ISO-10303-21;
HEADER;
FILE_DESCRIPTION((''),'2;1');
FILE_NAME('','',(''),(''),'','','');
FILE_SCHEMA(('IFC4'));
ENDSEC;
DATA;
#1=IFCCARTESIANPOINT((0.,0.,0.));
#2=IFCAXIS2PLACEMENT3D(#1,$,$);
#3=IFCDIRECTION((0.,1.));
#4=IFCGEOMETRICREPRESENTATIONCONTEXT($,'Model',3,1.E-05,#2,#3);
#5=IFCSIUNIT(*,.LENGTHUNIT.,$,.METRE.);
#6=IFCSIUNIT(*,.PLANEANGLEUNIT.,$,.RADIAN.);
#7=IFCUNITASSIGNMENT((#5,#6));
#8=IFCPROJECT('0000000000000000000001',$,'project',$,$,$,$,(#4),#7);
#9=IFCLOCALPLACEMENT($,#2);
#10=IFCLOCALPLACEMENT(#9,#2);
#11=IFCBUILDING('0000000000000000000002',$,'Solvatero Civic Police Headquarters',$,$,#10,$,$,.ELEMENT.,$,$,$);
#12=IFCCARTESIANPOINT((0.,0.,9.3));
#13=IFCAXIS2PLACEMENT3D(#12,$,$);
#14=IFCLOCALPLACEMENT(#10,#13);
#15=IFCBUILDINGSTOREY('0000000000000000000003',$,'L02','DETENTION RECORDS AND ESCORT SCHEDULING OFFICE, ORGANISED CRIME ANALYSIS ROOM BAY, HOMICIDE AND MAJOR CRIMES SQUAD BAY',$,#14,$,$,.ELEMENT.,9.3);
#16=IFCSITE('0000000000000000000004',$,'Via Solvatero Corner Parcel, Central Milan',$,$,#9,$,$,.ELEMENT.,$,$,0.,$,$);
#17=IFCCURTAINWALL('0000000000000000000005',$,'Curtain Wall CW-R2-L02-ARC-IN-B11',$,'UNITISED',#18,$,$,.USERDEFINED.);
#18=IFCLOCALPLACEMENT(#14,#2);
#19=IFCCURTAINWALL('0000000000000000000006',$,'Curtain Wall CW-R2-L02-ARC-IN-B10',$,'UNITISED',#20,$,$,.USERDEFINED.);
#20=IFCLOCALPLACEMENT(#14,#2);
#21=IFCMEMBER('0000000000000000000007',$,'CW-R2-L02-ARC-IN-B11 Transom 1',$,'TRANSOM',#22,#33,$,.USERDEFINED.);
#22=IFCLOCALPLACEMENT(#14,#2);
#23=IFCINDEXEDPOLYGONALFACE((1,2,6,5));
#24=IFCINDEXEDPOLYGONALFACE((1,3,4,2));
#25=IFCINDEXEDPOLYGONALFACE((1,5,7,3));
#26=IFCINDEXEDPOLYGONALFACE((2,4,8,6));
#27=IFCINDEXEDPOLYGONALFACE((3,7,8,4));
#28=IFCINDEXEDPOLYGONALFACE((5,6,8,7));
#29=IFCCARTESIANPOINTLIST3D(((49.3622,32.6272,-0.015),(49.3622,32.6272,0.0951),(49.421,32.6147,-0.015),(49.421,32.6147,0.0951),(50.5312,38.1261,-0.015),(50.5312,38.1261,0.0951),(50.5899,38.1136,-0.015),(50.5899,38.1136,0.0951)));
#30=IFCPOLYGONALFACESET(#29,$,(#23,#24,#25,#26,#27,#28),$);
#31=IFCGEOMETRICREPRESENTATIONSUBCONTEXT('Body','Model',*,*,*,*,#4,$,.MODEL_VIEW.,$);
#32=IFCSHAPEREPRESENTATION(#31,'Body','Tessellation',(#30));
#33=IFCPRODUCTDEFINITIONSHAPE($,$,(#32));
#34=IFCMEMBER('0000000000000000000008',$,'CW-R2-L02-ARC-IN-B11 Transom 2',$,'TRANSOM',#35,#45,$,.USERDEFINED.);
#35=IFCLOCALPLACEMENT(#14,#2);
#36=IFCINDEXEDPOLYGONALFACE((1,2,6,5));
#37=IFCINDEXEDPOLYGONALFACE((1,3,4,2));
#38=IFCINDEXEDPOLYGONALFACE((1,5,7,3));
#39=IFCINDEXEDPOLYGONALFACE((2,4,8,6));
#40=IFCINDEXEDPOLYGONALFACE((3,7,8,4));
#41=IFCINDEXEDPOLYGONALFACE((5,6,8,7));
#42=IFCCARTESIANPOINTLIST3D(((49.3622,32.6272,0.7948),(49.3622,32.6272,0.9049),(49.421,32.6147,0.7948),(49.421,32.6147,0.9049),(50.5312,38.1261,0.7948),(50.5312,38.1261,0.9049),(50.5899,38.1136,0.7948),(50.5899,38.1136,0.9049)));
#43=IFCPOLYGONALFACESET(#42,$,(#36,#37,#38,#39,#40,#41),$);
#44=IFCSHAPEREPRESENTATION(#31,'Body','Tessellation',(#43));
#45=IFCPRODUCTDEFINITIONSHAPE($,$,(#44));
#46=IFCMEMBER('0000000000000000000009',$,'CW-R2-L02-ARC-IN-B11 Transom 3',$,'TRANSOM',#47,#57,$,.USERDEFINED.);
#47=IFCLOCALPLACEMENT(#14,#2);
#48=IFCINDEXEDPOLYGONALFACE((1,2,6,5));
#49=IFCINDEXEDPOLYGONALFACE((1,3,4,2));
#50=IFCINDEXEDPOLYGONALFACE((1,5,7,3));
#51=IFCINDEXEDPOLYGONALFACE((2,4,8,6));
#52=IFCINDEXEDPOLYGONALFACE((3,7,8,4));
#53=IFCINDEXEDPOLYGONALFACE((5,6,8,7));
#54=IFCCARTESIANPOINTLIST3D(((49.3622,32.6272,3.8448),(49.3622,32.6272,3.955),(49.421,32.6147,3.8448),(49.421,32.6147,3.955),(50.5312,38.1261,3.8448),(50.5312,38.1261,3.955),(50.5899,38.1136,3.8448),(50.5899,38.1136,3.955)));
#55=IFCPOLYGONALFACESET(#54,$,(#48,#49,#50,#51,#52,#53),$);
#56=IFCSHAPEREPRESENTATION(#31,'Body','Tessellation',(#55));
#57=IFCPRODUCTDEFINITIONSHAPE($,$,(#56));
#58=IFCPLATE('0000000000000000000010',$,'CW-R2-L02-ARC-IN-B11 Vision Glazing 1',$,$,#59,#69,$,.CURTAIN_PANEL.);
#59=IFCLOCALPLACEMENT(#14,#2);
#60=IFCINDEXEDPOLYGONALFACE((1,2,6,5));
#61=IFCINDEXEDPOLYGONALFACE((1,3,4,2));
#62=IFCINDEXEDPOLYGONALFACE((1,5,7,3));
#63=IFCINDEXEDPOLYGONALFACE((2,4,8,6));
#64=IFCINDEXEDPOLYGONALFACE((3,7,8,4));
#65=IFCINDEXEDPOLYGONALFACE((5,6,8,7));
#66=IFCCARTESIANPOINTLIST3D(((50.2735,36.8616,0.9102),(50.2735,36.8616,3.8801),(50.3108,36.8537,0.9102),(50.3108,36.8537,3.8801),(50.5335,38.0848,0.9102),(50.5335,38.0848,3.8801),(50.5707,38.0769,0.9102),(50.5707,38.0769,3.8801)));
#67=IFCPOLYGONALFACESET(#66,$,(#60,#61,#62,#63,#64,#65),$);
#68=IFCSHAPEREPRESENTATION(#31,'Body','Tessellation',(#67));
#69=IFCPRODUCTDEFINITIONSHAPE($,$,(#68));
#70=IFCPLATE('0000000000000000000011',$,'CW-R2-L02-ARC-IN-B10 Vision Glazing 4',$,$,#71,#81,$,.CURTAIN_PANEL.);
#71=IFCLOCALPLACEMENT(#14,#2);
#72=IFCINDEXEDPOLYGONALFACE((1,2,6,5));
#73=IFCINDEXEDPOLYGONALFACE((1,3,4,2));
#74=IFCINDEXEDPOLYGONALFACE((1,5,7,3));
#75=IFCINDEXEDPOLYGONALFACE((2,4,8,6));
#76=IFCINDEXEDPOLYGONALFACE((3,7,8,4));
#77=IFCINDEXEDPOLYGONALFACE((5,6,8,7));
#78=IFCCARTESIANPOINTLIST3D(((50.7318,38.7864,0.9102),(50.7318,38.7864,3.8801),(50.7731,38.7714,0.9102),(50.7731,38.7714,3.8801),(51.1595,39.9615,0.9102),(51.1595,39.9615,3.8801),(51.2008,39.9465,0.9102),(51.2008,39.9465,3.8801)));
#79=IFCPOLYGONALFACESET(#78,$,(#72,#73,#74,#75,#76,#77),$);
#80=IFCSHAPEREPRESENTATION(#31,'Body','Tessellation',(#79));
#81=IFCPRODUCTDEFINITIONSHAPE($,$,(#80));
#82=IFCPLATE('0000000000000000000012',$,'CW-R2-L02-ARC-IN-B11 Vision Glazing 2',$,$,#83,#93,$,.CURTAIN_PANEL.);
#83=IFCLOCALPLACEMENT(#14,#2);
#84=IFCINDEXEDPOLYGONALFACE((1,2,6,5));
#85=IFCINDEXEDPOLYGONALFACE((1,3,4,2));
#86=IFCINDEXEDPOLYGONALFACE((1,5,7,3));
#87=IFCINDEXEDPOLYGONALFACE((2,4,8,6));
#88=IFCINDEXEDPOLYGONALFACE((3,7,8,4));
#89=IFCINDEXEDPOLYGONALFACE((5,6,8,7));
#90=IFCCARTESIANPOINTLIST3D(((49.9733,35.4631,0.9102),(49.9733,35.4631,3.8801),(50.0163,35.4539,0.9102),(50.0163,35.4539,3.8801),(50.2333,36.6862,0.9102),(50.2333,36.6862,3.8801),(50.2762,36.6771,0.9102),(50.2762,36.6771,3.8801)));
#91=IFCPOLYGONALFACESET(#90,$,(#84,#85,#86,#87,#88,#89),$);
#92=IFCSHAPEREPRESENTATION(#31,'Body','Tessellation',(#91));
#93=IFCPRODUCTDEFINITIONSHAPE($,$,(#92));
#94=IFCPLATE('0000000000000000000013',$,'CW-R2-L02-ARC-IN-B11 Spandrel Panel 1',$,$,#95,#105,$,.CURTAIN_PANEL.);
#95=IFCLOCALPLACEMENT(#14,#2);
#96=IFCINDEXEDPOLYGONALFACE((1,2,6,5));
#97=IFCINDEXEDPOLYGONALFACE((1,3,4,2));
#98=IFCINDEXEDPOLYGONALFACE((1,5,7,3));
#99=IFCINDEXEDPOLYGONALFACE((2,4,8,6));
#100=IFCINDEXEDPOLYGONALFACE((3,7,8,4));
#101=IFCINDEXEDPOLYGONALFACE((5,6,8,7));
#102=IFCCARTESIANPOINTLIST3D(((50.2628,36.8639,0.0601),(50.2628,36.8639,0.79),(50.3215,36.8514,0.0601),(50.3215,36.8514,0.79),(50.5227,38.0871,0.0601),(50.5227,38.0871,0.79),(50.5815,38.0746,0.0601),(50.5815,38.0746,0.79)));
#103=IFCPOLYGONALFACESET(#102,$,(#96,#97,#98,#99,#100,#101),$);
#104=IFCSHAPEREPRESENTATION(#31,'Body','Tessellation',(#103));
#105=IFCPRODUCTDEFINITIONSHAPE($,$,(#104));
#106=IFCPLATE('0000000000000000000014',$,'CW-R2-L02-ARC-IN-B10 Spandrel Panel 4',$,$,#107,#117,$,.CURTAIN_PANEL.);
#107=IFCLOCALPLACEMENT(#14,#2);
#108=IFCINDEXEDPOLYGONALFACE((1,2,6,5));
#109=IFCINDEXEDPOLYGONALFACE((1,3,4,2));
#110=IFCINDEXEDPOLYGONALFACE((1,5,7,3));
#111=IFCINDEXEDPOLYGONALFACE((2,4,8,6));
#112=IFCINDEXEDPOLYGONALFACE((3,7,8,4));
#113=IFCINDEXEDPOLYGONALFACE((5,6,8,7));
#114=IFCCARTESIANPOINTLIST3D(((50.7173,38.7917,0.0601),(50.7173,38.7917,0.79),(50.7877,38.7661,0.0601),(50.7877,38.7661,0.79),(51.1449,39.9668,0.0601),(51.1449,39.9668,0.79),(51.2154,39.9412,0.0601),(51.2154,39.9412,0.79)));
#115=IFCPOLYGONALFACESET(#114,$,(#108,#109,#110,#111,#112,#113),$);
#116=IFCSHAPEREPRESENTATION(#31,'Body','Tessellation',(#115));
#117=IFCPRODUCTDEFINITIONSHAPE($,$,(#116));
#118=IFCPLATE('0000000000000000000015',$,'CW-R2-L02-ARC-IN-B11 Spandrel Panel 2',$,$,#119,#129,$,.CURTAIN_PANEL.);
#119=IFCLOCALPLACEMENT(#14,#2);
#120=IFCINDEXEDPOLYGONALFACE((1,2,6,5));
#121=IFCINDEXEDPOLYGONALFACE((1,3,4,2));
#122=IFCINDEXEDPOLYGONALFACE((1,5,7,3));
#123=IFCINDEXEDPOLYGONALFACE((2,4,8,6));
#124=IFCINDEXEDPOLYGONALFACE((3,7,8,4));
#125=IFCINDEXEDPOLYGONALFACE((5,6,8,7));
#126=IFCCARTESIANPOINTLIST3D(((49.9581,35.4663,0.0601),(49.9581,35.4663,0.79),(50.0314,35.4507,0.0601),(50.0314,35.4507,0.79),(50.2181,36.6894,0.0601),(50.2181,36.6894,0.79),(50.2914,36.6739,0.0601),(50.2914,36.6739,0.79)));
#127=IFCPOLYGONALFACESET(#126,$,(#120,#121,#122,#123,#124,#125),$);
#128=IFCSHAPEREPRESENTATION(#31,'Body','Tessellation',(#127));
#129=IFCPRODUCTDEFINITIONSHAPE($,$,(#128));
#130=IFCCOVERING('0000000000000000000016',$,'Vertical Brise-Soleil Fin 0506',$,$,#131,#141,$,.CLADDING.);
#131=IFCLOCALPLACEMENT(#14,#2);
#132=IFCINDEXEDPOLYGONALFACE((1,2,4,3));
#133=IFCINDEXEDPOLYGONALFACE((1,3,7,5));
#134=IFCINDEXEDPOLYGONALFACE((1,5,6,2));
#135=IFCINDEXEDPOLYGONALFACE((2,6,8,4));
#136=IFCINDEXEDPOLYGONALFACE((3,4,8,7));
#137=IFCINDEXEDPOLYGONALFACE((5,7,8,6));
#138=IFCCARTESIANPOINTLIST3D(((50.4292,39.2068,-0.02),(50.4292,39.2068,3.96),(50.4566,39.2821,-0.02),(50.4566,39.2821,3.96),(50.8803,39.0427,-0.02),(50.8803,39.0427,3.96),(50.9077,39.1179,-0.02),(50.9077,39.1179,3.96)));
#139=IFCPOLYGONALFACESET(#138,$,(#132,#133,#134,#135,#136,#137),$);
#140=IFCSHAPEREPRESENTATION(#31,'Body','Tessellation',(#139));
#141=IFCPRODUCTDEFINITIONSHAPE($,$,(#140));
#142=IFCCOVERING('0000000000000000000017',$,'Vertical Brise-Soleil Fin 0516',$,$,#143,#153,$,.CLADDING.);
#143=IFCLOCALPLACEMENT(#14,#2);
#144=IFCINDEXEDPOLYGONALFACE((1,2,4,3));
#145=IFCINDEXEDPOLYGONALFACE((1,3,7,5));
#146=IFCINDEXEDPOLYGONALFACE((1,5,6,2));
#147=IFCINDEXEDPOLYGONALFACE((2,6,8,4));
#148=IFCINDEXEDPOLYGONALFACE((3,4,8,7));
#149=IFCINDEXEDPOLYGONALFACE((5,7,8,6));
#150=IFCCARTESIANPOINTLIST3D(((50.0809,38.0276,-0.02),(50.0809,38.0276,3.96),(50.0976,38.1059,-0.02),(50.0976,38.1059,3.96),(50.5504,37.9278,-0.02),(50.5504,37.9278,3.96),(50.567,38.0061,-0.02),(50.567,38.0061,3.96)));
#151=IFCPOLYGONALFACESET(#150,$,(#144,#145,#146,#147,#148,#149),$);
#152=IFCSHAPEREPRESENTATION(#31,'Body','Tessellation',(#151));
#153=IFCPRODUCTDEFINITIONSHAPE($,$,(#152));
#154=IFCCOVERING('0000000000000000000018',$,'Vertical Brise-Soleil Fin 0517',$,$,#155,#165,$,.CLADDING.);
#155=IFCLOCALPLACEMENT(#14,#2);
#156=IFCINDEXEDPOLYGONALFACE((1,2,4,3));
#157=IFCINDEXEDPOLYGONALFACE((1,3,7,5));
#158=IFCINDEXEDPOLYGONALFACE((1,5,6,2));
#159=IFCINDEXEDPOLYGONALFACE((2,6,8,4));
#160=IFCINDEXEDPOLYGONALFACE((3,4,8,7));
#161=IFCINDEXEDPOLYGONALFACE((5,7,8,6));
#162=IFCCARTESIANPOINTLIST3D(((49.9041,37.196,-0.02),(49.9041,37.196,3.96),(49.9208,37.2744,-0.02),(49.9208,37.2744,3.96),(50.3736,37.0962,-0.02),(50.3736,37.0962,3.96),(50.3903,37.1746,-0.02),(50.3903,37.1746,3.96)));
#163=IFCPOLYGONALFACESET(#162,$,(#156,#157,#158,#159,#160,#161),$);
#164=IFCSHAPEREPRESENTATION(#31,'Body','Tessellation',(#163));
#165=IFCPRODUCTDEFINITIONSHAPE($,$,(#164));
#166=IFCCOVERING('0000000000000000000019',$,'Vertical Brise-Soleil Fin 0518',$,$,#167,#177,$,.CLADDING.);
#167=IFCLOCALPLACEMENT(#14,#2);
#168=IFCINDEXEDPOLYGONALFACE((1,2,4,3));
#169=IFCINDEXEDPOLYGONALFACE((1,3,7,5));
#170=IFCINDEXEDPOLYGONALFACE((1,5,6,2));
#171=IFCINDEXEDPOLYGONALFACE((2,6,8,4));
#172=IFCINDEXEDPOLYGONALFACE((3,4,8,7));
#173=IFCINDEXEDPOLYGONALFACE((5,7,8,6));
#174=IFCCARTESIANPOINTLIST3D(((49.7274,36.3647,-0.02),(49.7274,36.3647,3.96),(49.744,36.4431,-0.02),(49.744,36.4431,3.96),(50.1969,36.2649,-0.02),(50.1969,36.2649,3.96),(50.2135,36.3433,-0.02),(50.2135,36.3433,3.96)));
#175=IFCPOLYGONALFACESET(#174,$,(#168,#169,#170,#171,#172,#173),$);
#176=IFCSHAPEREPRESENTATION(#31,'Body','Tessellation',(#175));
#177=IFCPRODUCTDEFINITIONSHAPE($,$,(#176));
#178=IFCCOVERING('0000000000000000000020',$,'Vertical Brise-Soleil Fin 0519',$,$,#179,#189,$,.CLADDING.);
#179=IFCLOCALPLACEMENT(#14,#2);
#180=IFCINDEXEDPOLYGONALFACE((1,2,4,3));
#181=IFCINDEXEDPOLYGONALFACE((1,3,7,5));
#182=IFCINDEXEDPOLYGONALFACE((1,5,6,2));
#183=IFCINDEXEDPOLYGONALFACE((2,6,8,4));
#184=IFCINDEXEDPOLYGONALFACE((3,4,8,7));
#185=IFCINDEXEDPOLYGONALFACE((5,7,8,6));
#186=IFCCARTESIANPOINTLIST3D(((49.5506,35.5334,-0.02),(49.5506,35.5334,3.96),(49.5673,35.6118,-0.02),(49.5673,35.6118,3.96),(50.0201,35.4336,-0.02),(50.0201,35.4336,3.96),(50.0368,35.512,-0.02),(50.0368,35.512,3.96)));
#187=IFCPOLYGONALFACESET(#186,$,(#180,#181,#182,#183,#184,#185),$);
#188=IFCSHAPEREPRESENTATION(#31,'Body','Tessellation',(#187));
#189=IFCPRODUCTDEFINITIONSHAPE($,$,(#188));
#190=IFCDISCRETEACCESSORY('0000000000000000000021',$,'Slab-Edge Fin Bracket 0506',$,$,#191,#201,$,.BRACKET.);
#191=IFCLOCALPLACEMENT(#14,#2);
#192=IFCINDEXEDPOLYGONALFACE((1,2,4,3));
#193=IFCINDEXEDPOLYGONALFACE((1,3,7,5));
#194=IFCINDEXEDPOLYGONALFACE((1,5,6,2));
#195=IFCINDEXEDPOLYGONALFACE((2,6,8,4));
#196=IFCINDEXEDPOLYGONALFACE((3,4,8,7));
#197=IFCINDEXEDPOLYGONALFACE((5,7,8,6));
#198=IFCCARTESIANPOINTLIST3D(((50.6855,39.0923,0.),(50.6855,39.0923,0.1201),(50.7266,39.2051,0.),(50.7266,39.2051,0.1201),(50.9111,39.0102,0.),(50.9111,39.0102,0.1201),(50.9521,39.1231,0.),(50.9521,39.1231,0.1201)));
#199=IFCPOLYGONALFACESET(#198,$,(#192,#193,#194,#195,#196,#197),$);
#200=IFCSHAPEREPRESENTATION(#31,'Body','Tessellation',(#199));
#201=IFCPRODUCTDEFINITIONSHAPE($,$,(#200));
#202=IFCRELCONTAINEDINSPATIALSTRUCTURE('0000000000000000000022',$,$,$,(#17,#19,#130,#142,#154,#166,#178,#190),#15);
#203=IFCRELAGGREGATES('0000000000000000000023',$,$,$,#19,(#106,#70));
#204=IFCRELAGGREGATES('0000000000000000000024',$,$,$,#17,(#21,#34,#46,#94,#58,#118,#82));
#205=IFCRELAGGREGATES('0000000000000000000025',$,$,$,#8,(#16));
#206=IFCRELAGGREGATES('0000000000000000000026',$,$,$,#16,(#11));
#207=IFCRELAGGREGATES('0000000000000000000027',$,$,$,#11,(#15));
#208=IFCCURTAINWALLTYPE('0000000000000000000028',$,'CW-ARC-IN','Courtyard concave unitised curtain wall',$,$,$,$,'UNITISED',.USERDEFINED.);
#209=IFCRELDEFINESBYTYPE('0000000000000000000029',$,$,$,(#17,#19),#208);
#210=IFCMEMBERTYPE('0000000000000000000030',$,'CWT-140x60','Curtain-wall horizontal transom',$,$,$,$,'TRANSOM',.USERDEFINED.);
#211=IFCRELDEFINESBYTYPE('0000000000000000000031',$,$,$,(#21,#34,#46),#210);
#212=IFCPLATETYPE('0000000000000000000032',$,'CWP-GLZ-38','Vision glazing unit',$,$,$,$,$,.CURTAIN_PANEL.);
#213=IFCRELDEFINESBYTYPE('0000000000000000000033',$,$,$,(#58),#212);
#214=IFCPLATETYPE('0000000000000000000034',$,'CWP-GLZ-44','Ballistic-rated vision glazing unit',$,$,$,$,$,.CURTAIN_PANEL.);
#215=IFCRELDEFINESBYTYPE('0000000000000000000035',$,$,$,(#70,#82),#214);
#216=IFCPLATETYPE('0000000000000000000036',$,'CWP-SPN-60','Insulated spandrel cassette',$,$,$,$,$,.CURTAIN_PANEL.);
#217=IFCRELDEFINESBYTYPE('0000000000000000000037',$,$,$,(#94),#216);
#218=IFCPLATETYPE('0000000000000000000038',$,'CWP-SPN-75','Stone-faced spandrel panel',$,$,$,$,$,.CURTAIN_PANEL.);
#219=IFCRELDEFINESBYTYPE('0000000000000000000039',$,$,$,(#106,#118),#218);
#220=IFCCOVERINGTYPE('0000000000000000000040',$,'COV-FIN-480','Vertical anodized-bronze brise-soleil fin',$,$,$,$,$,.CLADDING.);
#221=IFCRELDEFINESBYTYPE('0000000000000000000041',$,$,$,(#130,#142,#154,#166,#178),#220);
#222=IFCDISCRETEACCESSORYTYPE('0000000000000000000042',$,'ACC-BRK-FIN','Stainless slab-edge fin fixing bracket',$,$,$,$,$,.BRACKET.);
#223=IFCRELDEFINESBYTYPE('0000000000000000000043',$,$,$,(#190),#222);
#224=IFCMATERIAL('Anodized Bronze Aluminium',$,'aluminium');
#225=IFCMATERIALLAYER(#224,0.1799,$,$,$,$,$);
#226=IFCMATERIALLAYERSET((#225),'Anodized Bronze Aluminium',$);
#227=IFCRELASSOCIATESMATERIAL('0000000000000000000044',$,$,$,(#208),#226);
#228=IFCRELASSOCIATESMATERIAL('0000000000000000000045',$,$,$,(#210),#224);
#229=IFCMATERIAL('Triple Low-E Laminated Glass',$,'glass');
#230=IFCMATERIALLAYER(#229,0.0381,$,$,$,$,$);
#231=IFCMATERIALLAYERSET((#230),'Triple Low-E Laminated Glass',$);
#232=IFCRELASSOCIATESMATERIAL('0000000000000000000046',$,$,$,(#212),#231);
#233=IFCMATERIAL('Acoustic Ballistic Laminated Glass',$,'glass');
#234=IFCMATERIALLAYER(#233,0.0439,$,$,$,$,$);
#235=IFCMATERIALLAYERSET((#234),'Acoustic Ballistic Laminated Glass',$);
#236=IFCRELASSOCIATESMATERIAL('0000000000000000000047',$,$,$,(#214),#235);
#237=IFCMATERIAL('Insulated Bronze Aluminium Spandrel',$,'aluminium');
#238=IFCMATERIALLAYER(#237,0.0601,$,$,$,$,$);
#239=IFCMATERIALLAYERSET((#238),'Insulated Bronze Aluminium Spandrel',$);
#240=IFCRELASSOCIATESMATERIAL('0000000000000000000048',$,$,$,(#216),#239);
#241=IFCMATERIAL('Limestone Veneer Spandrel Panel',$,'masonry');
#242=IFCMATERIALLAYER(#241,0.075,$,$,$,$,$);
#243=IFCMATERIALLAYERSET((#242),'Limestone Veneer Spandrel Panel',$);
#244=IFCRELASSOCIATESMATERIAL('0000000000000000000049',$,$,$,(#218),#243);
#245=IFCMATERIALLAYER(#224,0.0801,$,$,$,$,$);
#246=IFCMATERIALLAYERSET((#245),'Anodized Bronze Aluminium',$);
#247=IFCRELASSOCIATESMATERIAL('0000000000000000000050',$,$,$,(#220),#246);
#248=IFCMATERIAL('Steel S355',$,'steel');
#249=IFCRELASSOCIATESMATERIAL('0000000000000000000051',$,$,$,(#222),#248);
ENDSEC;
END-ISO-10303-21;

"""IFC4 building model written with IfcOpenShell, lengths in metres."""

from ifc_helpers import new_model, si_unit, direction, frame, origin, origin_2d, place, context, subcontext, project, spatial, rectangle, extrude, material, layer, layer_set, material_profile, profile_set, type_object, element, aggregate, save


model = new_model("IFC4")

# Units and contexts
model_context = context("Model", 3, precision=1e-05, world=origin(), true_north=direction((0.0, 1.0)))
body_context = subcontext(model_context, "Body", "Model", "MODEL_VIEW")
ifc_project = project(units=[si_unit("LENGTHUNIT", "METRE"), si_unit("PLANEANGLEUNIT", "RADIAN")], contexts=[model_context])

# Site, building, storey
site_placement = place(None, origin())
site = spatial("IfcSite", under=ifc_project, at=site_placement, Name="Via Solvatero Corner Parcel, Central Milan", CompositionType="ELEMENT", RefElevation=0.0)
building_placement = place(site_placement, origin())
building = spatial("IfcBuilding", under=site, at=building_placement, Name="Solvatero Civic Police Headquarters", CompositionType="ELEMENT")
storey_placement = place(building_placement, frame((0.0, 0.0, 9.3)))
storey = spatial("IfcBuildingStorey", under=building, at=storey_placement, Name="L02", Description="DETENTION RECORDS AND ESCORT SCHEDULING OFFICE, ORGANISED CRIME ANALYSIS ROOM BAY, HOMICIDE AND MAJOR CRIMES SQUAD BAY", CompositionType="ELEMENT", Elevation=9.3)

# Shared definitions
ifc_material_1 = material(Name="Steel S355", Category="steel")

# Curtain wall
ifc_material_2 = material(Name="Anodized Bronze Aluminium", Category="aluminium")
ifc_layer_1 = layer(ifc_material_2, 0.1799)
ifc_layer_set_1 = layer_set([ifc_layer_1], Name="Anodized Bronze Aluminium")
curtain_wall_type = type_object("IfcCurtainWallType", Name="CW-ARC-IN", Description="Courtyard concave unitised curtain wall", ElementType="UNITISED", PredefinedType="USERDEFINED", material=ifc_layer_set_1)
curtain_wall_1_placement = place(storey_placement, origin())
curtain_wall_1 = element("IfcCurtainWall", 1, at=curtain_wall_1_placement, inside=storey, type_object=curtain_wall_type, Name="Curtain Wall CW-R2-L02-ARC-IN-B11", ObjectType="UNITISED", PredefinedType="USERDEFINED")

# Curtain wall
curtain_wall_2_placement = place(storey_placement, origin())
curtain_wall_2 = element("IfcCurtainWall", 2, at=curtain_wall_2_placement, inside=storey, type_object=curtain_wall_type, Name="Curtain Wall CW-R2-L02-ARC-IN-B10", ObjectType="UNITISED", PredefinedType="USERDEFINED")

# Members
ifc_material_profile_1 = material_profile(ifc_material_2, rectangle(XDim=0.0601, YDim=0.1101, at=origin_2d()), Name="ALU TRANSOM 60x110")
ifc_profile_set_1 = profile_set([ifc_material_profile_1], Name="Anodized Bronze Aluminium")
member_type_1 = type_object("IfcMemberType", Name="CWT-140x60", Description="Curtain-wall horizontal transom", ElementType="TRANSOM", PredefinedType="USERDEFINED", material=ifc_profile_set_1)
member_1_placement = place(storey_placement, frame((50.5605, 38.1199, 0.04), z_axis=(-0.207927, -0.978144, 0.0), x_axis=(0.978144, -0.207927, 0.0)))
member_1 = element("IfcMember", 3, at=member_1_placement, type_object=member_type_1, Name="CW-R2-L02-ARC-IN-B11 Transom 1", ObjectType="TRANSOM", PredefinedType="USERDEFINED", context=body_context, shape_type="SweptSolid", body=[
    extrude(rectangle(XDim=0.0601, YDim=0.1101, at=origin_2d()), origin(), (0.0, 0.0, 1.0), 5.6218),
])
member_2_placement = place(storey_placement, frame((50.5605, 38.1199, 0.8499), z_axis=(-0.207927, -0.978144, 0.0), x_axis=(0.978144, -0.207927, 0.0)))
member_2 = element("IfcMember", 4, at=member_2_placement, type_object=member_type_1, Name="CW-R2-L02-ARC-IN-B11 Transom 2", ObjectType="TRANSOM", PredefinedType="USERDEFINED", context=body_context, shape_type="SweptSolid", body=[
    extrude(rectangle(XDim=0.0601, YDim=0.1101, at=origin_2d()), origin(), (0.0, 0.0, 1.0), 5.6218),
])
member_3_placement = place(storey_placement, frame((50.5605, 38.1199, 3.8999), z_axis=(-0.207927, -0.978144, 0.0), x_axis=(0.978144, -0.207927, 0.0)))
member_3 = element("IfcMember", 5, at=member_3_placement, type_object=member_type_1, Name="CW-R2-L02-ARC-IN-B11 Transom 3", ObjectType="TRANSOM", PredefinedType="USERDEFINED", context=body_context, shape_type="SweptSolid", body=[
    extrude(rectangle(XDim=0.0601, YDim=0.1101, at=origin_2d()), origin(), (0.0, 0.0, 1.0), 5.6218),
])

# Plates
ifc_material_3 = material(Name="Triple Low-E Laminated Glass", Category="glass")
ifc_layer_2 = layer(ifc_material_3, 0.0381)
ifc_layer_set_2 = layer_set([ifc_layer_2], Name="Triple Low-E Laminated Glass")
plate_type_1 = type_object("IfcPlateType", Name="CWP-GLZ-38", Description="Vision glazing unit", PredefinedType="CURTAIN_PANEL", material=ifc_layer_set_2)
plate_1_placement = place(storey_placement, frame((50.4221, 37.4692, 0.9102), z_axis=(0.0, 0.0, 1.0), x_axis=(-0.207912, -0.978148, 0.0)))
plate_1 = element("IfcPlate", 6, at=plate_1_placement, type_object=plate_type_1, Name="CW-R2-L02-ARC-IN-B11 Vision Glazing 1", PredefinedType="CURTAIN_PANEL", context=body_context, shape_type="SweptSolid", body=[
    extrude(rectangle(XDim=1.2505, YDim=0.0381, at=origin_2d()), origin(), (0.0, 0.0, 1.0), 2.97),
])
ifc_material_4 = material(Name="Acoustic Ballistic Laminated Glass", Category="glass")
ifc_layer_3 = layer(ifc_material_4, 0.0439)
ifc_layer_set_3 = layer_set([ifc_layer_3], Name="Acoustic Ballistic Laminated Glass")
plate_type_2 = type_object("IfcPlateType", Name="CWP-GLZ-44", Description="Ballistic-rated vision glazing unit", PredefinedType="CURTAIN_PANEL", material=ifc_layer_set_3)
plate_2_placement = place(storey_placement, frame((50.9663, 39.3665, 0.9102), z_axis=(0.0, 0.0, 1.0), x_axis=(-0.342004, -0.939699, 0.0)))
plate_2 = element("IfcPlate", 7, at=plate_2_placement, type_object=plate_type_2, Name="CW-R2-L02-ARC-IN-B10 Vision Glazing 4", PredefinedType="CURTAIN_PANEL", context=body_context, shape_type="SweptSolid", body=[
    extrude(rectangle(XDim=1.2505, YDim=0.0439, at=origin_2d()), origin(), (0.0, 0.0, 1.0), 2.97),
])
plate_3_placement = place(storey_placement, frame((50.1248, 36.0701, 0.9102), z_axis=(0.0, 0.0, 1.0), x_axis=(-0.207912, -0.978148, 0.0)))
plate_3 = element("IfcPlate", 8, at=plate_3_placement, type_object=plate_type_2, Name="CW-R2-L02-ARC-IN-B11 Vision Glazing 2", PredefinedType="CURTAIN_PANEL", context=body_context, shape_type="SweptSolid", body=[
    extrude(rectangle(XDim=1.2505, YDim=0.0439, at=origin_2d()), origin(), (0.0, 0.0, 1.0), 2.97),
])
ifc_material_5 = material(Name="Insulated Bronze Aluminium Spandrel", Category="aluminium")
ifc_layer_4 = layer(ifc_material_5, 0.0601)
ifc_layer_set_4 = layer_set([ifc_layer_4], Name="Insulated Bronze Aluminium Spandrel")
plate_type_3 = type_object("IfcPlateType", Name="CWP-SPN-60", Description="Insulated spandrel cassette", PredefinedType="CURTAIN_PANEL", material=ifc_layer_set_4)
plate_4_placement = place(storey_placement, frame((50.4221, 37.4692, 0.0601), z_axis=(0.0, 0.0, 1.0), x_axis=(-0.207912, -0.978148, 0.0)))
plate_4 = element("IfcPlate", 9, at=plate_4_placement, type_object=plate_type_3, Name="CW-R2-L02-ARC-IN-B11 Spandrel Panel 1", PredefinedType="CURTAIN_PANEL", context=body_context, shape_type="SweptSolid", body=[
    extrude(rectangle(XDim=1.2505, YDim=0.0601, at=origin_2d()), origin(), (0.0, 0.0, 1.0), 0.73),
])
ifc_material_6 = material(Name="Limestone Veneer Spandrel Panel", Category="masonry")
ifc_layer_5 = layer(ifc_material_6, 0.075)
ifc_layer_set_5 = layer_set([ifc_layer_5], Name="Limestone Veneer Spandrel Panel")
plate_type_4 = type_object("IfcPlateType", Name="CWP-SPN-75", Description="Stone-faced spandrel panel", PredefinedType="CURTAIN_PANEL", material=ifc_layer_set_5)
plate_5_placement = place(storey_placement, frame((50.9663, 39.3665, 0.0601), z_axis=(0.0, 0.0, 1.0), x_axis=(-0.342004, -0.939699, 0.0)))
plate_5 = element("IfcPlate", 10, at=plate_5_placement, type_object=plate_type_4, Name="CW-R2-L02-ARC-IN-B10 Spandrel Panel 4", PredefinedType="CURTAIN_PANEL", context=body_context, shape_type="SweptSolid", body=[
    extrude(rectangle(XDim=1.2505, YDim=0.075, at=origin_2d()), origin(), (0.0, 0.0, 1.0), 0.73),
])
aggregate(curtain_wall_2, [plate_5, plate_2])
plate_6_placement = place(storey_placement, frame((50.1248, 36.0701, 0.0601), z_axis=(0.0, 0.0, 1.0), x_axis=(-0.207912, -0.978148, 0.0)))
plate_6 = element("IfcPlate", 11, at=plate_6_placement, type_object=plate_type_4, Name="CW-R2-L02-ARC-IN-B11 Spandrel Panel 2", PredefinedType="CURTAIN_PANEL", context=body_context, shape_type="SweptSolid", body=[
    extrude(rectangle(XDim=1.2505, YDim=0.075, at=origin_2d()), origin(), (0.0, 0.0, 1.0), 0.73),
])
aggregate(curtain_wall_1, [member_1, member_2, member_3, plate_4, plate_1, plate_6, plate_3])

# Coverings
ifc_layer_6 = layer(ifc_material_2, 0.0801)
ifc_layer_set_6 = layer_set([ifc_layer_6], Name="Anodized Bronze Aluminium")
covering_type = type_object("IfcCoveringType", Name="COV-FIN-480", Description="Vertical anodized-bronze brise-soleil fin", PredefinedType="CLADDING", material=ifc_layer_set_6)
for number, where, z_axis, x_axis, name in (
    (12, (50.6685, 39.1624, -0.02), (0.0, 0.0, 1.0), (-0.342004, -0.939699, 0.0), "Vertical Brise-Soleil Fin 0506"),
    (13, (50.324, 38.0168, -0.02), (0.0, 0.0, 1.0), (-0.207912, -0.978148, 0.0), "Vertical Brise-Soleil Fin 0516"),
    (14, (50.1472, 37.1853, -0.02), (0.0, 0.0, 1.0), (-0.207912, -0.978148, 0.0), "Vertical Brise-Soleil Fin 0517"),
    (15, (49.9705, 36.354, -0.02), (0.0, 0.0, 1.0), (-0.207912, -0.978148, 0.0), "Vertical Brise-Soleil Fin 0518"),
    (16, (49.7937, 35.5227, -0.02), (0.0, 0.0, 1.0), (-0.207912, -0.978148, 0.0), "Vertical Brise-Soleil Fin 0519"),
):
    element("IfcCovering", number, at=place(storey_placement, frame(where, z_axis=z_axis, x_axis=x_axis)), inside=storey, type_object=covering_type, Name=name, PredefinedType="CLADDING", context=body_context, shape_type="SweptSolid", body=[
        extrude(rectangle(XDim=0.0801, YDim=0.48, at=origin_2d()), origin(), (0.0, 0.0, 1.0), 3.98),
    ])

# Discrete accessory
discrete_accessory_type = type_object("IfcDiscreteAccessoryType", Name="ACC-BRK-FIN", Description="Stainless slab-edge fin fixing bracket", PredefinedType="BRACKET", material=ifc_material_1)
for number, where, z_axis, x_axis, name in (
    (17, (50.8188, 39.1077, 0.0), (0.0, 0.0, 1.0), (-0.342004, -0.939699, 0.0), "Slab-Edge Fin Bracket 0506"),
):
    element("IfcDiscreteAccessory", number, at=place(storey_placement, frame(where, z_axis=z_axis, x_axis=x_axis)), inside=storey, type_object=discrete_accessory_type, Name=name, PredefinedType="BRACKET", context=body_context, shape_type="SweptSolid", body=[
        extrude(rectangle(XDim=0.1201, YDim=0.24, at=origin_2d()), origin(), (0.0, 0.0, 1.0), 0.1201),
    ])

save(model, "model.ifc")
